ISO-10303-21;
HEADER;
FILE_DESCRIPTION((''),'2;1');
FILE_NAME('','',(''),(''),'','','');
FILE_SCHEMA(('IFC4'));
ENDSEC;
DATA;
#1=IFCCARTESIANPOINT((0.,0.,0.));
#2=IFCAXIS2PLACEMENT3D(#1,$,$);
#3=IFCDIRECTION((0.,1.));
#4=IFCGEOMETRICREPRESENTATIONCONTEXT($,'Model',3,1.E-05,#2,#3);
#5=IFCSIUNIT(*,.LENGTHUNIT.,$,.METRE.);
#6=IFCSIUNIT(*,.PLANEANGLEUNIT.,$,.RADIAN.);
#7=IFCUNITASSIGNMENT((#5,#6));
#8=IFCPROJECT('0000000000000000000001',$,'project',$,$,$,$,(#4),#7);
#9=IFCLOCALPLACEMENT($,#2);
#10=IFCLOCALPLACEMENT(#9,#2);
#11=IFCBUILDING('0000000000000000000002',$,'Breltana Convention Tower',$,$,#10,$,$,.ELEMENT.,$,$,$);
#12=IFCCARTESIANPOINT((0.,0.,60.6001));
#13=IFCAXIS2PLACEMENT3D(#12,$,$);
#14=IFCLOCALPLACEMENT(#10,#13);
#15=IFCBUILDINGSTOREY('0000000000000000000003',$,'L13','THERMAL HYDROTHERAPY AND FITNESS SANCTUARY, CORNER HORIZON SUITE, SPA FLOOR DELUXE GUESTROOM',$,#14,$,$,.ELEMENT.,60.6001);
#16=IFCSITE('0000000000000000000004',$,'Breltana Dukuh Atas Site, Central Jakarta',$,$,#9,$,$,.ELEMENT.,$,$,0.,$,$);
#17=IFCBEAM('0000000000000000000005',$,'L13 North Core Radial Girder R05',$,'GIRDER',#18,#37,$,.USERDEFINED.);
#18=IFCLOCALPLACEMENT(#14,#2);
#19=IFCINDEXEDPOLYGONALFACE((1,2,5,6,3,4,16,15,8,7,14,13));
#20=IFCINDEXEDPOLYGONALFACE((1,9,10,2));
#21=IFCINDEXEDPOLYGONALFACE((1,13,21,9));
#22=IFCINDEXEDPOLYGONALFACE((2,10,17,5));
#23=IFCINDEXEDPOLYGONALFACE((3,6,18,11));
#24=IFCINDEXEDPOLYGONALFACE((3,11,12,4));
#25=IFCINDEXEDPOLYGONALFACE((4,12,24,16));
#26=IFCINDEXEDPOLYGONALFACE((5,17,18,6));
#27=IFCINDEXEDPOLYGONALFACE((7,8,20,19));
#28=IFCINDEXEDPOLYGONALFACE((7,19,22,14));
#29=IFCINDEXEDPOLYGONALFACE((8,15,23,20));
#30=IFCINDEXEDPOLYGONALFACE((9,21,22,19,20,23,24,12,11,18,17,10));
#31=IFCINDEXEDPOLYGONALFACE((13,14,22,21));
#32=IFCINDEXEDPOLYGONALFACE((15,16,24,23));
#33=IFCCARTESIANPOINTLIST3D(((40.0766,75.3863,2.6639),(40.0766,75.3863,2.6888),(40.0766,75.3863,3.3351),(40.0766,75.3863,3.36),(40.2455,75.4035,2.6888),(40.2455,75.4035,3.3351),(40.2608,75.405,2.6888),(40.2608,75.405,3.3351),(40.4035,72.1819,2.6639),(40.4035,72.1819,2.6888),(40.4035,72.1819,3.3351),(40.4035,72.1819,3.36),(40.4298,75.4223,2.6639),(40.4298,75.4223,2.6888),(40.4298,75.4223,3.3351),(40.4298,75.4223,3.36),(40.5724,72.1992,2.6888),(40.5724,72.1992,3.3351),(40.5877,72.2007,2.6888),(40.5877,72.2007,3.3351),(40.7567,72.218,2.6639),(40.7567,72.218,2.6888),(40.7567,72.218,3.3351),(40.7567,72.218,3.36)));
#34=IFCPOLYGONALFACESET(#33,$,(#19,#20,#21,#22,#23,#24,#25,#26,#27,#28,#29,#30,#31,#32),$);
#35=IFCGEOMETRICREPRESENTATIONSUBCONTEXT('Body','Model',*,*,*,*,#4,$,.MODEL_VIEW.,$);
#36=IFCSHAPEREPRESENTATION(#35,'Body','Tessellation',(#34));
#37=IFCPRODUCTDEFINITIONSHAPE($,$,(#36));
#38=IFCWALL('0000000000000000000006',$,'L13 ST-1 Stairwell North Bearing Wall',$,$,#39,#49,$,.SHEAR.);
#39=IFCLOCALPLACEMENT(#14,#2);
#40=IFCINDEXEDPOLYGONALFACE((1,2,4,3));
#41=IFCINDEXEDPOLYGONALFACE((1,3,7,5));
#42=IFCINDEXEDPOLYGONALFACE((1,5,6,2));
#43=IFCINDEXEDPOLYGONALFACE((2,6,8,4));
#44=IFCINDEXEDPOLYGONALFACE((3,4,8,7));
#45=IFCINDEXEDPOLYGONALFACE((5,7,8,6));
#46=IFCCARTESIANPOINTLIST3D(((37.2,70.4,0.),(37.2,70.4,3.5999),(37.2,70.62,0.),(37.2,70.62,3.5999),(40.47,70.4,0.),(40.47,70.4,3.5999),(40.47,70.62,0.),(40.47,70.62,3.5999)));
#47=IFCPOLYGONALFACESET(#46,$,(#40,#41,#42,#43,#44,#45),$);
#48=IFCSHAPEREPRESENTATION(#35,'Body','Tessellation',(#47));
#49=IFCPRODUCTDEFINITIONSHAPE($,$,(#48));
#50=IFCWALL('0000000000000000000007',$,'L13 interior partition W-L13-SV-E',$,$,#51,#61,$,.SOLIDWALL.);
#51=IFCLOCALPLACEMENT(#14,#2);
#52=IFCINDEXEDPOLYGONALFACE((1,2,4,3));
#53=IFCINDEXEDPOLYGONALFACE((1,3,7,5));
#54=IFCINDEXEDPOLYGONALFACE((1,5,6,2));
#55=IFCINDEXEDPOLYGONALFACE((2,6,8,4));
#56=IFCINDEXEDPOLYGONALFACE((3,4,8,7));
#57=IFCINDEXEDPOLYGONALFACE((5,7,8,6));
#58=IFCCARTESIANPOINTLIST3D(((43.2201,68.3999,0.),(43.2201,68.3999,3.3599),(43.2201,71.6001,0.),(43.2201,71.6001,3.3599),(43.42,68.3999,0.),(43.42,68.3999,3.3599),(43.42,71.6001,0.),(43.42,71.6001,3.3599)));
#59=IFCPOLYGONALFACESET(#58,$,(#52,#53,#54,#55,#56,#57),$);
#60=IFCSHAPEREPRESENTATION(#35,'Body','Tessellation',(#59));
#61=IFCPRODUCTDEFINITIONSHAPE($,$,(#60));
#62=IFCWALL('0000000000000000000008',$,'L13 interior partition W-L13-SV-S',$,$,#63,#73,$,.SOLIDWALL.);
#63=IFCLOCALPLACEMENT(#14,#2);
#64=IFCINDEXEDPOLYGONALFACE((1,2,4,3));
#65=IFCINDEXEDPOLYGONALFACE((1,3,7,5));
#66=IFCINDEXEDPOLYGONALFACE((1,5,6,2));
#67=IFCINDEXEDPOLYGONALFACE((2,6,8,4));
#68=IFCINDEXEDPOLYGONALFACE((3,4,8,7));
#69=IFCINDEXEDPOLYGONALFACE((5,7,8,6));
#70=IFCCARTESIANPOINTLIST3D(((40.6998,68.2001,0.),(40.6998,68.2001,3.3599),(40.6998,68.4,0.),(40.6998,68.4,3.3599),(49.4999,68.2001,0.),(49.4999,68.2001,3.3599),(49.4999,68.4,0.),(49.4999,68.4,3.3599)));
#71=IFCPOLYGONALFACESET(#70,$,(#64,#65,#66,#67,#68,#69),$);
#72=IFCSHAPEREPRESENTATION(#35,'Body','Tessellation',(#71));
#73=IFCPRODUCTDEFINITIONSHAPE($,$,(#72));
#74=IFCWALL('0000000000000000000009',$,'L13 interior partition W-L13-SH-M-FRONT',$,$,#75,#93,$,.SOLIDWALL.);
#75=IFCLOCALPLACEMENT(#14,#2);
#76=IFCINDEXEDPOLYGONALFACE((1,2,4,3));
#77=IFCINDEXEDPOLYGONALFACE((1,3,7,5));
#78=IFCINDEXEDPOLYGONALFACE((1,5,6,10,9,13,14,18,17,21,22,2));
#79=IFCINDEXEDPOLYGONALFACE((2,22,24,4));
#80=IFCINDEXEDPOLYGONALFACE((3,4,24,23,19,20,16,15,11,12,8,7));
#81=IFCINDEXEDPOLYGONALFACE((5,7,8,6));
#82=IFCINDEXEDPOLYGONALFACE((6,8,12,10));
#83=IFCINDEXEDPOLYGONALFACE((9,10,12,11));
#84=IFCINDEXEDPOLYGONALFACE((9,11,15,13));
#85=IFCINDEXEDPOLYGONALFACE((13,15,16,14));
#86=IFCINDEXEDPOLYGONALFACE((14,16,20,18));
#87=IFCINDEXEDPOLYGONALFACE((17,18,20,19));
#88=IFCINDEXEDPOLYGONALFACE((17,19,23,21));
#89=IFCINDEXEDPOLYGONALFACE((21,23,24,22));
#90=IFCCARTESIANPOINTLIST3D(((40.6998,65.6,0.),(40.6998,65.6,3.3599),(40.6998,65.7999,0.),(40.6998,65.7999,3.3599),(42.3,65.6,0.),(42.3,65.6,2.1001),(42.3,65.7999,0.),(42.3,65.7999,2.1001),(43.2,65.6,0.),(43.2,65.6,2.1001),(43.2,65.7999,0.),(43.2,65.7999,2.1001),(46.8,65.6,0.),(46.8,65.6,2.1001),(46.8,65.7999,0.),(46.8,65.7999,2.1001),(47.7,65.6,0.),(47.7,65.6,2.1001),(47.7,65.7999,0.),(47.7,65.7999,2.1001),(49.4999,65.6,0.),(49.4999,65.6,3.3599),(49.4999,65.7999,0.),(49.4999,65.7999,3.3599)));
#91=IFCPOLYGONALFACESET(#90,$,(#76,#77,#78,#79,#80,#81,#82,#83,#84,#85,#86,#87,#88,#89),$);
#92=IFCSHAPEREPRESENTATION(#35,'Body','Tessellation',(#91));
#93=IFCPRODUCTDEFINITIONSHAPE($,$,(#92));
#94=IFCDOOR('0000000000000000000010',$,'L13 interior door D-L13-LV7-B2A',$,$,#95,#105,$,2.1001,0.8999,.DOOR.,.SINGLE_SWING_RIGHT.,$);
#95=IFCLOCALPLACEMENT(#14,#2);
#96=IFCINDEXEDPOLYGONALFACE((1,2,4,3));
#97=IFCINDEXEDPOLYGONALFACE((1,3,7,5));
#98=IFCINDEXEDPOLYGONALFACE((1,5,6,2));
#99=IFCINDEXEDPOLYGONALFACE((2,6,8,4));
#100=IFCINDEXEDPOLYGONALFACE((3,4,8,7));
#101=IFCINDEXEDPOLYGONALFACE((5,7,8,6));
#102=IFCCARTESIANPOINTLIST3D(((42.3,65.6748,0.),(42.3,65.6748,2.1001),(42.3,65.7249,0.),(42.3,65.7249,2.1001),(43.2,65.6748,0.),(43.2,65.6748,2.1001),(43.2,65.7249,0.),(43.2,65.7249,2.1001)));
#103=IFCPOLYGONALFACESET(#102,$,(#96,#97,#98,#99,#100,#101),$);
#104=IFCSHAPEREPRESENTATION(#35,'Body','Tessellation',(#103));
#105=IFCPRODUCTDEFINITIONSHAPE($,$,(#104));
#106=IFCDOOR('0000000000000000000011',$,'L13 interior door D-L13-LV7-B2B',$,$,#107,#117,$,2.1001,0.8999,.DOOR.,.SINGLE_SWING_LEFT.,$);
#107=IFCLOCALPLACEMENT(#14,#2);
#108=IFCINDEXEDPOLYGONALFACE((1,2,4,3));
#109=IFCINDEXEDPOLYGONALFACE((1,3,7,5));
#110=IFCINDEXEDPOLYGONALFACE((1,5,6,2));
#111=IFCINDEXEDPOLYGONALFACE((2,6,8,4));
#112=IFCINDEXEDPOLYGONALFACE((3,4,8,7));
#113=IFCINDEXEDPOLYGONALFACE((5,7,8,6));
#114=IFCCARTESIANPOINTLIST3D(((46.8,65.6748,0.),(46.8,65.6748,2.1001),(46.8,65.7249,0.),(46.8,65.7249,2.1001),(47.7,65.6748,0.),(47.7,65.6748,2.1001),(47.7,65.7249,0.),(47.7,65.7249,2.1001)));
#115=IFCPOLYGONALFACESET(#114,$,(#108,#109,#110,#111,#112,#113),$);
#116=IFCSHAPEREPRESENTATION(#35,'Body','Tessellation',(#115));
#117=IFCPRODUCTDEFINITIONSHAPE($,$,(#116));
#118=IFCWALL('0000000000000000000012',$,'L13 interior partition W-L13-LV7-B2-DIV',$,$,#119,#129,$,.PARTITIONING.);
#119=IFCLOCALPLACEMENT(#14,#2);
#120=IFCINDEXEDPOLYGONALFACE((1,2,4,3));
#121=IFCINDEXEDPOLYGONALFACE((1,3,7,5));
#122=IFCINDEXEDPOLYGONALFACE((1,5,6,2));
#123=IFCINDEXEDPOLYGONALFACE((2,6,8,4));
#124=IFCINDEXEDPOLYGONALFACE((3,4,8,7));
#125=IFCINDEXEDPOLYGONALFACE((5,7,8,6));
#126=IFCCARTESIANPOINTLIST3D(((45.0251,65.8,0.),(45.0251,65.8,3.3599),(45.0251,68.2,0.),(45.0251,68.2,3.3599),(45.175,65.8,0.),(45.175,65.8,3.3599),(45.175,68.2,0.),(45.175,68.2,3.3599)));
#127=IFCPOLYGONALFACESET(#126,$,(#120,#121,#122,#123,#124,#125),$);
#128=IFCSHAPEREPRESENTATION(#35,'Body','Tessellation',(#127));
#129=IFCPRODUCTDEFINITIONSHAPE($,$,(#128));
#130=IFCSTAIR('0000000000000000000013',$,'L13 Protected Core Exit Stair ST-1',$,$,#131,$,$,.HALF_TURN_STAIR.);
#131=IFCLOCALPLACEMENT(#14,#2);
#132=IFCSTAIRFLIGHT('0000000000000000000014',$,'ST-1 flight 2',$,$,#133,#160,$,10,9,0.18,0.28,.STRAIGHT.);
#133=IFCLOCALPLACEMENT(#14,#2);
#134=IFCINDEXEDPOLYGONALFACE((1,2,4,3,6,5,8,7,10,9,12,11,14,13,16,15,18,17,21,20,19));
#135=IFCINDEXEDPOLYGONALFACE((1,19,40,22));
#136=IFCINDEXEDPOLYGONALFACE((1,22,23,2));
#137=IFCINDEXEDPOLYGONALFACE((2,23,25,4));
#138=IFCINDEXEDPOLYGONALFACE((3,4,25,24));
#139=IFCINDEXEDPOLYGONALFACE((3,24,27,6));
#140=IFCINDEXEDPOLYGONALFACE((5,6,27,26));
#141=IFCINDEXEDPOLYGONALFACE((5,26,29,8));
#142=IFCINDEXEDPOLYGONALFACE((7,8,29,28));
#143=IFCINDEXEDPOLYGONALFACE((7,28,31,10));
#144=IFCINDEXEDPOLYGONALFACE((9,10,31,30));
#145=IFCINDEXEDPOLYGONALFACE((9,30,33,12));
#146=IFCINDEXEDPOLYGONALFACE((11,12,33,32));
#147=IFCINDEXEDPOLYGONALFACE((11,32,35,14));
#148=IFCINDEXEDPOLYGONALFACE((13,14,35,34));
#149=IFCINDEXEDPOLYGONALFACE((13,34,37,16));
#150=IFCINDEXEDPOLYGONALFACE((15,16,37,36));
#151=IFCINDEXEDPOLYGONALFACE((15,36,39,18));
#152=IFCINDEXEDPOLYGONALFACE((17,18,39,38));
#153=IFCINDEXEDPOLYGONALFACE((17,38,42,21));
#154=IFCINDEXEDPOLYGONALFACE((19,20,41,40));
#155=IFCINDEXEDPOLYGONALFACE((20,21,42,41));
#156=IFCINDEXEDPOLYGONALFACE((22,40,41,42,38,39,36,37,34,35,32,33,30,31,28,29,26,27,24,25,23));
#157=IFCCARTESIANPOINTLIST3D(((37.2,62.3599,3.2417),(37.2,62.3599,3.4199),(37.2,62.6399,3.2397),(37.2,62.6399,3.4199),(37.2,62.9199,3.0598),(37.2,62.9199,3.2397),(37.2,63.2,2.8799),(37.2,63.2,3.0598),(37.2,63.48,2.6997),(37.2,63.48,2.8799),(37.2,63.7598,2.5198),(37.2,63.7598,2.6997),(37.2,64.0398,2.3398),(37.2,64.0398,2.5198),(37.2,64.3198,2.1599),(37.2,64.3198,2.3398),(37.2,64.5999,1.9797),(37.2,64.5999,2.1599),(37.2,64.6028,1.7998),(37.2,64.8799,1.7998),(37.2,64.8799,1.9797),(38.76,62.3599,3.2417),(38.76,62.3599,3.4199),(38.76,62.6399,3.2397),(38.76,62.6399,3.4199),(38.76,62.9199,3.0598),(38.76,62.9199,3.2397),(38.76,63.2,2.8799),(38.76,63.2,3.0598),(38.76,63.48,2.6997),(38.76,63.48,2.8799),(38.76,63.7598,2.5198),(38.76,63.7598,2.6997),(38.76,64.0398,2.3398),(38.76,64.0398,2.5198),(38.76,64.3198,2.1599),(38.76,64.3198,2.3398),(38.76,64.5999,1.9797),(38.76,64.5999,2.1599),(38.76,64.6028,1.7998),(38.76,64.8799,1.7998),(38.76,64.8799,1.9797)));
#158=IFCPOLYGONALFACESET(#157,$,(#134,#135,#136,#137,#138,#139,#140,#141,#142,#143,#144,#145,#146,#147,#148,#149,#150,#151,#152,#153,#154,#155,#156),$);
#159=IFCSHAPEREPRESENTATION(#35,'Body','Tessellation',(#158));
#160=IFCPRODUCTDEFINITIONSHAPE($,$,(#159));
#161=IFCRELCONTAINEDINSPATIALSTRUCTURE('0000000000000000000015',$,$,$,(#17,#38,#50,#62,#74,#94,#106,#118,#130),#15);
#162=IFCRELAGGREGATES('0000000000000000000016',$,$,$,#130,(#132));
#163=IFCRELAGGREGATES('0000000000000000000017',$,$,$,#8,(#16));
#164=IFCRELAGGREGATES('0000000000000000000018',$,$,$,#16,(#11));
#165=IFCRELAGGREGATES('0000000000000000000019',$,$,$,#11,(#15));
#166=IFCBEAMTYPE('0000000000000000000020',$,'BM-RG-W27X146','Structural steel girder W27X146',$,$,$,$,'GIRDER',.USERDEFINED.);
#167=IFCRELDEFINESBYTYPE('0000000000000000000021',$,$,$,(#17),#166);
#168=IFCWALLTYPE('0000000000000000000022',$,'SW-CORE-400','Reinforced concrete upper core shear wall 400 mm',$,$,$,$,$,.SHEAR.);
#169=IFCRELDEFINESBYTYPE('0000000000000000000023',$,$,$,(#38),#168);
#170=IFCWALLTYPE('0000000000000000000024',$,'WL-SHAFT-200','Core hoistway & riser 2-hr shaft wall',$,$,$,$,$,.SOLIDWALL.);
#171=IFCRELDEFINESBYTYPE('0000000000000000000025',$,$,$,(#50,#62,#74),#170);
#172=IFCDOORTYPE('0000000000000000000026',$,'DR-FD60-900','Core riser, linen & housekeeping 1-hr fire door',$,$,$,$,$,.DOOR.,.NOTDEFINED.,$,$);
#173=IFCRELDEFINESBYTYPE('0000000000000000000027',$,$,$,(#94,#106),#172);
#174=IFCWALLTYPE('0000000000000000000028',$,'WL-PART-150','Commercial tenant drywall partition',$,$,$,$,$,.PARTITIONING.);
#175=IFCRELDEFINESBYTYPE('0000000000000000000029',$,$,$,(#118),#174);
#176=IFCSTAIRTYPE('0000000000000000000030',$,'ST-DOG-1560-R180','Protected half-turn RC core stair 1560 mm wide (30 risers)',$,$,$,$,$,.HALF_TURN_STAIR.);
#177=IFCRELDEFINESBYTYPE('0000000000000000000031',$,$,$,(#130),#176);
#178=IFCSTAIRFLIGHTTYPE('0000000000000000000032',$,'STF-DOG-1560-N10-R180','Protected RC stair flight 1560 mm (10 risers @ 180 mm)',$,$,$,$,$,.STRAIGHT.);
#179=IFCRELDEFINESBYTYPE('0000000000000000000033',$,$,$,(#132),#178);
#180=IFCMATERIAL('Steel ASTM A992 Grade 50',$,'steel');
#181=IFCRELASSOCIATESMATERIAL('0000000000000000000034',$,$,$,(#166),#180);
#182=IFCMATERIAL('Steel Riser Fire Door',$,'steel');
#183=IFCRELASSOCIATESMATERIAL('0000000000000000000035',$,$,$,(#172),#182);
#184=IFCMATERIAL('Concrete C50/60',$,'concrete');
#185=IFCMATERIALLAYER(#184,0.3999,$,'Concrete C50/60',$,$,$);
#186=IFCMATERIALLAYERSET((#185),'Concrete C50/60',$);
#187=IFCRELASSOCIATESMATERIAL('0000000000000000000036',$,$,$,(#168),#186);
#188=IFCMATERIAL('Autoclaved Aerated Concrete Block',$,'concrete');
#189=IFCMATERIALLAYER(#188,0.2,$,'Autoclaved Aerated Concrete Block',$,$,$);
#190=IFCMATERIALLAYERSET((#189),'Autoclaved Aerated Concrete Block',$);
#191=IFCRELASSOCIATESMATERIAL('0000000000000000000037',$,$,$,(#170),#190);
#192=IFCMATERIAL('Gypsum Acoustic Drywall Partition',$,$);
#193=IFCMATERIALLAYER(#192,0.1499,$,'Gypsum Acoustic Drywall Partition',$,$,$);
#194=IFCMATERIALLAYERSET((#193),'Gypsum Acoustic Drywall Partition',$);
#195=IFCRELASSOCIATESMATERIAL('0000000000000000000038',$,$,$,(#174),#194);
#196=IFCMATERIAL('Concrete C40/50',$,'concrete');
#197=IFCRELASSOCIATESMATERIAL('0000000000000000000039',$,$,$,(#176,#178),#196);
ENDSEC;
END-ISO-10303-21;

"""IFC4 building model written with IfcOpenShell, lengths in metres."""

from ifc_helpers import new_model, si_unit, direction, frame, frame_2d, origin, origin_2d, place, context, subcontext, project, spatial, polyline, rectangle, i_section, outline, extrude, source, transform, mapped, material, layer, layer_set, material_profile, profile_set, type_object, type_shapes, element, fill, aggregate, save


model = new_model("IFC4")

# Units and contexts
model_context = context("Model", 3, precision=1e-05, world=origin(), true_north=direction((0.0, 1.0)))
body_context = subcontext(model_context, "Body", "Model", "MODEL_VIEW")
ifc_project = project(units=[si_unit("LENGTHUNIT", "METRE"), si_unit("PLANEANGLEUNIT", "RADIAN")], contexts=[model_context])

# Site, building, storey
site_placement = place(None, origin())
site = spatial("IfcSite", under=ifc_project, at=site_placement, Name="Breltana Dukuh Atas Site, Central Jakarta", CompositionType="ELEMENT", RefElevation=0.0)
building_placement = place(site_placement, origin())
building = spatial("IfcBuilding", under=site, at=building_placement, Name="Breltana Convention Tower", CompositionType="ELEMENT")
storey_placement = place(building_placement, frame((0.0, 0.0, 60.6001)))
storey = spatial("IfcBuildingStorey", under=building, at=storey_placement, Name="L13", Description="THERMAL HYDROTHERAPY AND FITNESS SANCTUARY, CORNER HORIZON SUITE, SPA FLOOR DELUXE GUESTROOM", CompositionType="ELEMENT", Elevation=60.6001)

# Beam
ifc_material_1 = material(Name="Steel ASTM A992 Grade 50", Category="steel")
ifc_material_profile = material_profile(ifc_material_1, i_section(OverallWidth=0.355, OverallDepth=0.696, WebThickness=0.0154, FlangeThickness=0.0249, at=origin_2d()), Name="W27X146")
ifc_profile_set = profile_set([ifc_material_profile], Name="Steel ASTM A992 Grade 50")
beam_type = type_object("IfcBeamType", Name="BM-RG-W27X146", Description="Structural steel girder W27X146", ElementType="GIRDER", PredefinedType="USERDEFINED", material=ifc_profile_set)
shared_shape_1 = source(origin(), body_context, "Body", "SweptSolid", [
    extrude(i_section(OverallWidth=0.355, OverallDepth=0.696, WebThickness=0.0154, FlangeThickness=0.0249, at=origin_2d()), origin(), (0.0, 0.0, 1.0), 3.2209),
])
beam_placement = place(storey_placement, frame((40.5801, 72.2, 3.012), z_axis=(-0.101492, 0.994836, 0.0), x_axis=(-0.994836, -0.101492, 0.0)))
element("IfcBeam", 1, at=beam_placement, inside=storey, type_object=beam_type, Name="L13 North Core Radial Girder R05", ObjectType="GIRDER", PredefinedType="USERDEFINED", context=body_context, shape_type="MappedRepresentation", body=[
    mapped(shared_shape_1, transform((0.0, 0.0, 0.0), scale=1.0)),
])

# Shared definitions
ifc_material_2 = material(Name="Steel Riser Fire Door", Category="steel")
door_type_1 = type_object("IfcDoorType", Name="DR-FD60-900", Description="Core riser, linen & housekeeping 1-hr fire door", OperationType="NOTDEFINED", PredefinedType="DOOR", material=ifc_material_2)
shared_shape_2 = source(origin(), body_context, "Body", "SweptSolid", [
    extrude(rectangle(XDim=0.8999, YDim=2.1001, at=frame_2d((0.45, 1.05))), frame((0.0, 0.0249, 0.0), z_axis=(0.0, -1.0, 0.0), x_axis=(1.0, 0.0, 0.0)), (0.0, 0.0, 1.0), 0.05),
])
type_shapes(door_type_1, [shared_shape_2])

# Walls
ifc_material_3 = material(Name="Concrete C50/60", Category="concrete")
ifc_layer_1 = layer(ifc_material_3, 0.3999, Name="Concrete C50/60")
ifc_layer_set_1 = layer_set([ifc_layer_1], Name="Concrete C50/60")
wall_type_1 = type_object("IfcWallType", Name="SW-CORE-400", Description="Reinforced concrete upper core shear wall 400 mm", PredefinedType="SHEAR", material=ifc_layer_set_1)
shared_shape_3 = source(origin(), body_context, "Body", "SweptSolid", [
    extrude(rectangle(XDim=3.27, YDim=0.22, at=frame_2d((1.635, 0.0))), origin(), (0.0, 0.0, 1.0), 3.5999),
])
wall_1_placement = place(storey_placement, frame((37.2, 70.51, 0.0), z_axis=(0.0, 0.0, 1.0), x_axis=(1.0, 0.0, 0.0)))
element("IfcWall", 2, at=wall_1_placement, inside=storey, type_object=wall_type_1, Name="L13 ST-1 Stairwell North Bearing Wall", PredefinedType="SHEAR", context=body_context, shape_type="MappedRepresentation", body=[
    mapped(shared_shape_3, transform((0.0, 0.0, 0.0), scale=1.0)),
])
ifc_material_4 = material(Name="Autoclaved Aerated Concrete Block", Category="concrete")
ifc_layer_2 = layer(ifc_material_4, 0.2, Name="Autoclaved Aerated Concrete Block")
ifc_layer_set_2 = layer_set([ifc_layer_2], Name="Autoclaved Aerated Concrete Block")
wall_type_2 = type_object("IfcWallType", Name="WL-SHAFT-200", Description="Core hoistway & riser 2-hr shaft wall", PredefinedType="SOLIDWALL", material=ifc_layer_set_2)
shared_shape_4 = source(origin(), body_context, "Body", "SweptSolid", [
    extrude(rectangle(XDim=3.2002, YDim=0.2, at=frame_2d((1.6001, 0.0))), origin(), (0.0, 0.0, 1.0), 3.3599),
])
wall_2_placement = place(storey_placement, frame((43.3201, 68.3999, 0.0), z_axis=(0.0, 0.0, 1.0), x_axis=(0.0, 1.0, 0.0)))
element("IfcWall", 3, at=wall_2_placement, inside=storey, type_object=wall_type_2, Name="L13 interior partition W-L13-SV-E", PredefinedType="SOLIDWALL", context=body_context, shape_type="MappedRepresentation", body=[
    mapped(shared_shape_4, transform((0.0, 0.0, 0.0), scale=1.0)),
])
shared_shape_5 = source(origin(), body_context, "Body", "SweptSolid", [
    extrude(rectangle(XDim=8.8, YDim=0.2, at=frame_2d((4.3999, 0.0))), origin(), (0.0, 0.0, 1.0), 3.3599),
])
wall_3_placement = place(storey_placement, frame((40.7, 68.3, 0.0), z_axis=(0.0, 0.0, 1.0), x_axis=(1.0, 0.0, 0.0)))
element("IfcWall", 4, at=wall_3_placement, inside=storey, type_object=wall_type_2, Name="L13 interior partition W-L13-SV-S", PredefinedType="SOLIDWALL", context=body_context, shape_type="MappedRepresentation", body=[
    mapped(shared_shape_5, transform((0.0, 0.0, 0.0), scale=1.0)),
])

# Wall, openings, doors
wall_4_placement = place(storey_placement, frame((40.7, 65.7, 0.0), z_axis=(0.0, 0.0, 1.0), x_axis=(1.0, 0.0, 0.0)))
wall_4 = element("IfcWall", 5, at=wall_4_placement, inside=storey, type_object=wall_type_2, Name="L13 interior partition W-L13-SH-M-FRONT", PredefinedType="SOLIDWALL", context=body_context, shape_type="MappedRepresentation", body=[
    mapped(shared_shape_5, transform((0.0, 0.0, 0.0), scale=1.0)),
])
opening_1_placement = place(wall_4_placement, frame((1.6001, 0.0, 0.0)))
opening_1 = element("IfcOpeningElement", 6, at=opening_1_placement, cuts=wall_4, PredefinedType="OPENING", context=body_context, shape_type="SweptSolid", body=[
    extrude(rectangle(XDim=0.8999, YDim=2.1001, at=frame_2d((0.45, 1.05))), frame((0.0, 0.1099, 0.0), z_axis=(0.0, -1.0, 0.0), x_axis=(1.0, 0.0, 0.0)), (0.0, 0.0, 1.0), 0.22),
])
opening_2_placement = place(wall_4_placement, frame((6.1001, 0.0, 0.0)))
opening_2 = element("IfcOpeningElement", 7, at=opening_2_placement, cuts=wall_4, PredefinedType="OPENING", context=body_context, shape_type="SweptSolid", body=[
    extrude(rectangle(XDim=0.8999, YDim=2.1001, at=frame_2d((0.45, 1.05))), frame((0.0, 0.1099, 0.0), z_axis=(0.0, -1.0, 0.0), x_axis=(1.0, 0.0, 0.0)), (0.0, 0.0, 1.0), 0.22),
])
door_1_placement = place(opening_1_placement, origin())
door_1 = element("IfcDoor", 8, at=door_1_placement, inside=storey, type_object=door_type_1, Name="L13 interior door D-L13-LV7-B2A", OperationType="SINGLE_SWING_RIGHT", OverallHeight=2.1001, OverallWidth=0.8999, PredefinedType="DOOR", context=body_context, shape_type="MappedRepresentation", body=[
    mapped(shared_shape_2, transform((0.0, 0.0, 0.0), scale=1.0)),
])
fill(opening_1, door_1)
door_2_placement = place(opening_2_placement, origin())
door_2 = element("IfcDoor", 9, at=door_2_placement, inside=storey, type_object=door_type_1, Name="L13 interior door D-L13-LV7-B2B", OperationType="SINGLE_SWING_LEFT", OverallHeight=2.1001, OverallWidth=0.8999, PredefinedType="DOOR", context=body_context, shape_type="MappedRepresentation", body=[
    mapped(shared_shape_2, transform((0.0, 0.0, 0.0), scale=1.0)),
])
fill(opening_2, door_2)

# Wall
ifc_material_5 = material(Name="Gypsum Acoustic Drywall Partition")
ifc_layer_3 = layer(ifc_material_5, 0.1499, Name="Gypsum Acoustic Drywall Partition")
ifc_layer_set_3 = layer_set([ifc_layer_3], Name="Gypsum Acoustic Drywall Partition")
wall_type_3 = type_object("IfcWallType", Name="WL-PART-150", Description="Commercial tenant drywall partition", PredefinedType="PARTITIONING", material=ifc_layer_set_3)
shared_shape_6 = source(origin(), body_context, "Body", "SweptSolid", [
    extrude(rectangle(XDim=2.3999, YDim=0.1499, at=frame_2d((1.2, 0.0))), origin(), (0.0, 0.0, 1.0), 3.3599),
])
wall_5_placement = place(storey_placement, frame((45.1001, 65.8, 0.0), z_axis=(0.0, 0.0, 1.0), x_axis=(0.0, 1.0, 0.0)))
element("IfcWall", 10, at=wall_5_placement, inside=storey, type_object=wall_type_3, Name="L13 interior partition W-L13-LV7-B2-DIV", PredefinedType="PARTITIONING", context=body_context, shape_type="MappedRepresentation", body=[
    mapped(shared_shape_6, transform((0.0, 0.0, 0.0), scale=1.0)),
])

# Stair, stair flight
ifc_material_6 = material(Name="Concrete C40/50", Category="concrete")
stair_type = type_object("IfcStairType", Name="ST-DOG-1560-R180", Description="Protected half-turn RC core stair 1560 mm wide (30 risers)", PredefinedType="HALF_TURN_STAIR", material=ifc_material_6)
stair_placement = place(storey_placement, origin())
stair = element("IfcStair", 11, at=stair_placement, inside=storey, type_object=stair_type, Name="L13 Protected Core Exit Stair ST-1", PredefinedType="HALF_TURN_STAIR")
stair_flight_type = type_object("IfcStairFlightType", Name="STF-DOG-1560-N10-R180", Description="Protected RC stair flight 1560 mm (10 risers @ 180 mm)", PredefinedType="STRAIGHT", material=ifc_material_6)
stair_flight_placement = place(storey_placement, frame((37.98, 64.8799, 1.7998), z_axis=(0.0, 0.0, 1.0), x_axis=(0.0, -1.0, 0.0)))
stair_flight = element("IfcStairFlight", 12, at=stair_flight_placement, type_object=stair_flight_type, Name="ST-1 flight 2", NumberOfRisers=10, NumberOfTreads=9, PredefinedType="STRAIGHT", RiserHeight=0.18, TreadLength=0.28, context=body_context, shape_type="SweptSolid", body=[
    extrude(outline(polyline([(0.0, 0.0), (0.0, 0.1799), (0.28, 0.1799), (0.28, 0.3601), (0.5601, 0.3601), (0.5601, 0.54), (0.8401, 0.54), (0.8401, 0.72), (1.1201, 0.72), (1.1201, 0.8999), (1.3999, 0.8999), (1.3999, 1.0801), (1.6799, 1.0801), (1.6799, 1.26), (1.96, 1.26), (1.96, 1.4399), (2.24, 1.4399), (2.24, 1.6201), (2.52, 1.6201), (2.52, 1.8), (2.52, 1.4419), (0.2771, 0.0), (0.0, 0.0)])), frame((0.0, 0.78, 0.0), z_axis=(0.0, -1.0, 0.0), x_axis=(1.0, 0.0, 0.0)), (0.0, 0.0, 1.0), 1.5601),
])
aggregate(stair, [stair_flight])

save(model, "model.ifc")
